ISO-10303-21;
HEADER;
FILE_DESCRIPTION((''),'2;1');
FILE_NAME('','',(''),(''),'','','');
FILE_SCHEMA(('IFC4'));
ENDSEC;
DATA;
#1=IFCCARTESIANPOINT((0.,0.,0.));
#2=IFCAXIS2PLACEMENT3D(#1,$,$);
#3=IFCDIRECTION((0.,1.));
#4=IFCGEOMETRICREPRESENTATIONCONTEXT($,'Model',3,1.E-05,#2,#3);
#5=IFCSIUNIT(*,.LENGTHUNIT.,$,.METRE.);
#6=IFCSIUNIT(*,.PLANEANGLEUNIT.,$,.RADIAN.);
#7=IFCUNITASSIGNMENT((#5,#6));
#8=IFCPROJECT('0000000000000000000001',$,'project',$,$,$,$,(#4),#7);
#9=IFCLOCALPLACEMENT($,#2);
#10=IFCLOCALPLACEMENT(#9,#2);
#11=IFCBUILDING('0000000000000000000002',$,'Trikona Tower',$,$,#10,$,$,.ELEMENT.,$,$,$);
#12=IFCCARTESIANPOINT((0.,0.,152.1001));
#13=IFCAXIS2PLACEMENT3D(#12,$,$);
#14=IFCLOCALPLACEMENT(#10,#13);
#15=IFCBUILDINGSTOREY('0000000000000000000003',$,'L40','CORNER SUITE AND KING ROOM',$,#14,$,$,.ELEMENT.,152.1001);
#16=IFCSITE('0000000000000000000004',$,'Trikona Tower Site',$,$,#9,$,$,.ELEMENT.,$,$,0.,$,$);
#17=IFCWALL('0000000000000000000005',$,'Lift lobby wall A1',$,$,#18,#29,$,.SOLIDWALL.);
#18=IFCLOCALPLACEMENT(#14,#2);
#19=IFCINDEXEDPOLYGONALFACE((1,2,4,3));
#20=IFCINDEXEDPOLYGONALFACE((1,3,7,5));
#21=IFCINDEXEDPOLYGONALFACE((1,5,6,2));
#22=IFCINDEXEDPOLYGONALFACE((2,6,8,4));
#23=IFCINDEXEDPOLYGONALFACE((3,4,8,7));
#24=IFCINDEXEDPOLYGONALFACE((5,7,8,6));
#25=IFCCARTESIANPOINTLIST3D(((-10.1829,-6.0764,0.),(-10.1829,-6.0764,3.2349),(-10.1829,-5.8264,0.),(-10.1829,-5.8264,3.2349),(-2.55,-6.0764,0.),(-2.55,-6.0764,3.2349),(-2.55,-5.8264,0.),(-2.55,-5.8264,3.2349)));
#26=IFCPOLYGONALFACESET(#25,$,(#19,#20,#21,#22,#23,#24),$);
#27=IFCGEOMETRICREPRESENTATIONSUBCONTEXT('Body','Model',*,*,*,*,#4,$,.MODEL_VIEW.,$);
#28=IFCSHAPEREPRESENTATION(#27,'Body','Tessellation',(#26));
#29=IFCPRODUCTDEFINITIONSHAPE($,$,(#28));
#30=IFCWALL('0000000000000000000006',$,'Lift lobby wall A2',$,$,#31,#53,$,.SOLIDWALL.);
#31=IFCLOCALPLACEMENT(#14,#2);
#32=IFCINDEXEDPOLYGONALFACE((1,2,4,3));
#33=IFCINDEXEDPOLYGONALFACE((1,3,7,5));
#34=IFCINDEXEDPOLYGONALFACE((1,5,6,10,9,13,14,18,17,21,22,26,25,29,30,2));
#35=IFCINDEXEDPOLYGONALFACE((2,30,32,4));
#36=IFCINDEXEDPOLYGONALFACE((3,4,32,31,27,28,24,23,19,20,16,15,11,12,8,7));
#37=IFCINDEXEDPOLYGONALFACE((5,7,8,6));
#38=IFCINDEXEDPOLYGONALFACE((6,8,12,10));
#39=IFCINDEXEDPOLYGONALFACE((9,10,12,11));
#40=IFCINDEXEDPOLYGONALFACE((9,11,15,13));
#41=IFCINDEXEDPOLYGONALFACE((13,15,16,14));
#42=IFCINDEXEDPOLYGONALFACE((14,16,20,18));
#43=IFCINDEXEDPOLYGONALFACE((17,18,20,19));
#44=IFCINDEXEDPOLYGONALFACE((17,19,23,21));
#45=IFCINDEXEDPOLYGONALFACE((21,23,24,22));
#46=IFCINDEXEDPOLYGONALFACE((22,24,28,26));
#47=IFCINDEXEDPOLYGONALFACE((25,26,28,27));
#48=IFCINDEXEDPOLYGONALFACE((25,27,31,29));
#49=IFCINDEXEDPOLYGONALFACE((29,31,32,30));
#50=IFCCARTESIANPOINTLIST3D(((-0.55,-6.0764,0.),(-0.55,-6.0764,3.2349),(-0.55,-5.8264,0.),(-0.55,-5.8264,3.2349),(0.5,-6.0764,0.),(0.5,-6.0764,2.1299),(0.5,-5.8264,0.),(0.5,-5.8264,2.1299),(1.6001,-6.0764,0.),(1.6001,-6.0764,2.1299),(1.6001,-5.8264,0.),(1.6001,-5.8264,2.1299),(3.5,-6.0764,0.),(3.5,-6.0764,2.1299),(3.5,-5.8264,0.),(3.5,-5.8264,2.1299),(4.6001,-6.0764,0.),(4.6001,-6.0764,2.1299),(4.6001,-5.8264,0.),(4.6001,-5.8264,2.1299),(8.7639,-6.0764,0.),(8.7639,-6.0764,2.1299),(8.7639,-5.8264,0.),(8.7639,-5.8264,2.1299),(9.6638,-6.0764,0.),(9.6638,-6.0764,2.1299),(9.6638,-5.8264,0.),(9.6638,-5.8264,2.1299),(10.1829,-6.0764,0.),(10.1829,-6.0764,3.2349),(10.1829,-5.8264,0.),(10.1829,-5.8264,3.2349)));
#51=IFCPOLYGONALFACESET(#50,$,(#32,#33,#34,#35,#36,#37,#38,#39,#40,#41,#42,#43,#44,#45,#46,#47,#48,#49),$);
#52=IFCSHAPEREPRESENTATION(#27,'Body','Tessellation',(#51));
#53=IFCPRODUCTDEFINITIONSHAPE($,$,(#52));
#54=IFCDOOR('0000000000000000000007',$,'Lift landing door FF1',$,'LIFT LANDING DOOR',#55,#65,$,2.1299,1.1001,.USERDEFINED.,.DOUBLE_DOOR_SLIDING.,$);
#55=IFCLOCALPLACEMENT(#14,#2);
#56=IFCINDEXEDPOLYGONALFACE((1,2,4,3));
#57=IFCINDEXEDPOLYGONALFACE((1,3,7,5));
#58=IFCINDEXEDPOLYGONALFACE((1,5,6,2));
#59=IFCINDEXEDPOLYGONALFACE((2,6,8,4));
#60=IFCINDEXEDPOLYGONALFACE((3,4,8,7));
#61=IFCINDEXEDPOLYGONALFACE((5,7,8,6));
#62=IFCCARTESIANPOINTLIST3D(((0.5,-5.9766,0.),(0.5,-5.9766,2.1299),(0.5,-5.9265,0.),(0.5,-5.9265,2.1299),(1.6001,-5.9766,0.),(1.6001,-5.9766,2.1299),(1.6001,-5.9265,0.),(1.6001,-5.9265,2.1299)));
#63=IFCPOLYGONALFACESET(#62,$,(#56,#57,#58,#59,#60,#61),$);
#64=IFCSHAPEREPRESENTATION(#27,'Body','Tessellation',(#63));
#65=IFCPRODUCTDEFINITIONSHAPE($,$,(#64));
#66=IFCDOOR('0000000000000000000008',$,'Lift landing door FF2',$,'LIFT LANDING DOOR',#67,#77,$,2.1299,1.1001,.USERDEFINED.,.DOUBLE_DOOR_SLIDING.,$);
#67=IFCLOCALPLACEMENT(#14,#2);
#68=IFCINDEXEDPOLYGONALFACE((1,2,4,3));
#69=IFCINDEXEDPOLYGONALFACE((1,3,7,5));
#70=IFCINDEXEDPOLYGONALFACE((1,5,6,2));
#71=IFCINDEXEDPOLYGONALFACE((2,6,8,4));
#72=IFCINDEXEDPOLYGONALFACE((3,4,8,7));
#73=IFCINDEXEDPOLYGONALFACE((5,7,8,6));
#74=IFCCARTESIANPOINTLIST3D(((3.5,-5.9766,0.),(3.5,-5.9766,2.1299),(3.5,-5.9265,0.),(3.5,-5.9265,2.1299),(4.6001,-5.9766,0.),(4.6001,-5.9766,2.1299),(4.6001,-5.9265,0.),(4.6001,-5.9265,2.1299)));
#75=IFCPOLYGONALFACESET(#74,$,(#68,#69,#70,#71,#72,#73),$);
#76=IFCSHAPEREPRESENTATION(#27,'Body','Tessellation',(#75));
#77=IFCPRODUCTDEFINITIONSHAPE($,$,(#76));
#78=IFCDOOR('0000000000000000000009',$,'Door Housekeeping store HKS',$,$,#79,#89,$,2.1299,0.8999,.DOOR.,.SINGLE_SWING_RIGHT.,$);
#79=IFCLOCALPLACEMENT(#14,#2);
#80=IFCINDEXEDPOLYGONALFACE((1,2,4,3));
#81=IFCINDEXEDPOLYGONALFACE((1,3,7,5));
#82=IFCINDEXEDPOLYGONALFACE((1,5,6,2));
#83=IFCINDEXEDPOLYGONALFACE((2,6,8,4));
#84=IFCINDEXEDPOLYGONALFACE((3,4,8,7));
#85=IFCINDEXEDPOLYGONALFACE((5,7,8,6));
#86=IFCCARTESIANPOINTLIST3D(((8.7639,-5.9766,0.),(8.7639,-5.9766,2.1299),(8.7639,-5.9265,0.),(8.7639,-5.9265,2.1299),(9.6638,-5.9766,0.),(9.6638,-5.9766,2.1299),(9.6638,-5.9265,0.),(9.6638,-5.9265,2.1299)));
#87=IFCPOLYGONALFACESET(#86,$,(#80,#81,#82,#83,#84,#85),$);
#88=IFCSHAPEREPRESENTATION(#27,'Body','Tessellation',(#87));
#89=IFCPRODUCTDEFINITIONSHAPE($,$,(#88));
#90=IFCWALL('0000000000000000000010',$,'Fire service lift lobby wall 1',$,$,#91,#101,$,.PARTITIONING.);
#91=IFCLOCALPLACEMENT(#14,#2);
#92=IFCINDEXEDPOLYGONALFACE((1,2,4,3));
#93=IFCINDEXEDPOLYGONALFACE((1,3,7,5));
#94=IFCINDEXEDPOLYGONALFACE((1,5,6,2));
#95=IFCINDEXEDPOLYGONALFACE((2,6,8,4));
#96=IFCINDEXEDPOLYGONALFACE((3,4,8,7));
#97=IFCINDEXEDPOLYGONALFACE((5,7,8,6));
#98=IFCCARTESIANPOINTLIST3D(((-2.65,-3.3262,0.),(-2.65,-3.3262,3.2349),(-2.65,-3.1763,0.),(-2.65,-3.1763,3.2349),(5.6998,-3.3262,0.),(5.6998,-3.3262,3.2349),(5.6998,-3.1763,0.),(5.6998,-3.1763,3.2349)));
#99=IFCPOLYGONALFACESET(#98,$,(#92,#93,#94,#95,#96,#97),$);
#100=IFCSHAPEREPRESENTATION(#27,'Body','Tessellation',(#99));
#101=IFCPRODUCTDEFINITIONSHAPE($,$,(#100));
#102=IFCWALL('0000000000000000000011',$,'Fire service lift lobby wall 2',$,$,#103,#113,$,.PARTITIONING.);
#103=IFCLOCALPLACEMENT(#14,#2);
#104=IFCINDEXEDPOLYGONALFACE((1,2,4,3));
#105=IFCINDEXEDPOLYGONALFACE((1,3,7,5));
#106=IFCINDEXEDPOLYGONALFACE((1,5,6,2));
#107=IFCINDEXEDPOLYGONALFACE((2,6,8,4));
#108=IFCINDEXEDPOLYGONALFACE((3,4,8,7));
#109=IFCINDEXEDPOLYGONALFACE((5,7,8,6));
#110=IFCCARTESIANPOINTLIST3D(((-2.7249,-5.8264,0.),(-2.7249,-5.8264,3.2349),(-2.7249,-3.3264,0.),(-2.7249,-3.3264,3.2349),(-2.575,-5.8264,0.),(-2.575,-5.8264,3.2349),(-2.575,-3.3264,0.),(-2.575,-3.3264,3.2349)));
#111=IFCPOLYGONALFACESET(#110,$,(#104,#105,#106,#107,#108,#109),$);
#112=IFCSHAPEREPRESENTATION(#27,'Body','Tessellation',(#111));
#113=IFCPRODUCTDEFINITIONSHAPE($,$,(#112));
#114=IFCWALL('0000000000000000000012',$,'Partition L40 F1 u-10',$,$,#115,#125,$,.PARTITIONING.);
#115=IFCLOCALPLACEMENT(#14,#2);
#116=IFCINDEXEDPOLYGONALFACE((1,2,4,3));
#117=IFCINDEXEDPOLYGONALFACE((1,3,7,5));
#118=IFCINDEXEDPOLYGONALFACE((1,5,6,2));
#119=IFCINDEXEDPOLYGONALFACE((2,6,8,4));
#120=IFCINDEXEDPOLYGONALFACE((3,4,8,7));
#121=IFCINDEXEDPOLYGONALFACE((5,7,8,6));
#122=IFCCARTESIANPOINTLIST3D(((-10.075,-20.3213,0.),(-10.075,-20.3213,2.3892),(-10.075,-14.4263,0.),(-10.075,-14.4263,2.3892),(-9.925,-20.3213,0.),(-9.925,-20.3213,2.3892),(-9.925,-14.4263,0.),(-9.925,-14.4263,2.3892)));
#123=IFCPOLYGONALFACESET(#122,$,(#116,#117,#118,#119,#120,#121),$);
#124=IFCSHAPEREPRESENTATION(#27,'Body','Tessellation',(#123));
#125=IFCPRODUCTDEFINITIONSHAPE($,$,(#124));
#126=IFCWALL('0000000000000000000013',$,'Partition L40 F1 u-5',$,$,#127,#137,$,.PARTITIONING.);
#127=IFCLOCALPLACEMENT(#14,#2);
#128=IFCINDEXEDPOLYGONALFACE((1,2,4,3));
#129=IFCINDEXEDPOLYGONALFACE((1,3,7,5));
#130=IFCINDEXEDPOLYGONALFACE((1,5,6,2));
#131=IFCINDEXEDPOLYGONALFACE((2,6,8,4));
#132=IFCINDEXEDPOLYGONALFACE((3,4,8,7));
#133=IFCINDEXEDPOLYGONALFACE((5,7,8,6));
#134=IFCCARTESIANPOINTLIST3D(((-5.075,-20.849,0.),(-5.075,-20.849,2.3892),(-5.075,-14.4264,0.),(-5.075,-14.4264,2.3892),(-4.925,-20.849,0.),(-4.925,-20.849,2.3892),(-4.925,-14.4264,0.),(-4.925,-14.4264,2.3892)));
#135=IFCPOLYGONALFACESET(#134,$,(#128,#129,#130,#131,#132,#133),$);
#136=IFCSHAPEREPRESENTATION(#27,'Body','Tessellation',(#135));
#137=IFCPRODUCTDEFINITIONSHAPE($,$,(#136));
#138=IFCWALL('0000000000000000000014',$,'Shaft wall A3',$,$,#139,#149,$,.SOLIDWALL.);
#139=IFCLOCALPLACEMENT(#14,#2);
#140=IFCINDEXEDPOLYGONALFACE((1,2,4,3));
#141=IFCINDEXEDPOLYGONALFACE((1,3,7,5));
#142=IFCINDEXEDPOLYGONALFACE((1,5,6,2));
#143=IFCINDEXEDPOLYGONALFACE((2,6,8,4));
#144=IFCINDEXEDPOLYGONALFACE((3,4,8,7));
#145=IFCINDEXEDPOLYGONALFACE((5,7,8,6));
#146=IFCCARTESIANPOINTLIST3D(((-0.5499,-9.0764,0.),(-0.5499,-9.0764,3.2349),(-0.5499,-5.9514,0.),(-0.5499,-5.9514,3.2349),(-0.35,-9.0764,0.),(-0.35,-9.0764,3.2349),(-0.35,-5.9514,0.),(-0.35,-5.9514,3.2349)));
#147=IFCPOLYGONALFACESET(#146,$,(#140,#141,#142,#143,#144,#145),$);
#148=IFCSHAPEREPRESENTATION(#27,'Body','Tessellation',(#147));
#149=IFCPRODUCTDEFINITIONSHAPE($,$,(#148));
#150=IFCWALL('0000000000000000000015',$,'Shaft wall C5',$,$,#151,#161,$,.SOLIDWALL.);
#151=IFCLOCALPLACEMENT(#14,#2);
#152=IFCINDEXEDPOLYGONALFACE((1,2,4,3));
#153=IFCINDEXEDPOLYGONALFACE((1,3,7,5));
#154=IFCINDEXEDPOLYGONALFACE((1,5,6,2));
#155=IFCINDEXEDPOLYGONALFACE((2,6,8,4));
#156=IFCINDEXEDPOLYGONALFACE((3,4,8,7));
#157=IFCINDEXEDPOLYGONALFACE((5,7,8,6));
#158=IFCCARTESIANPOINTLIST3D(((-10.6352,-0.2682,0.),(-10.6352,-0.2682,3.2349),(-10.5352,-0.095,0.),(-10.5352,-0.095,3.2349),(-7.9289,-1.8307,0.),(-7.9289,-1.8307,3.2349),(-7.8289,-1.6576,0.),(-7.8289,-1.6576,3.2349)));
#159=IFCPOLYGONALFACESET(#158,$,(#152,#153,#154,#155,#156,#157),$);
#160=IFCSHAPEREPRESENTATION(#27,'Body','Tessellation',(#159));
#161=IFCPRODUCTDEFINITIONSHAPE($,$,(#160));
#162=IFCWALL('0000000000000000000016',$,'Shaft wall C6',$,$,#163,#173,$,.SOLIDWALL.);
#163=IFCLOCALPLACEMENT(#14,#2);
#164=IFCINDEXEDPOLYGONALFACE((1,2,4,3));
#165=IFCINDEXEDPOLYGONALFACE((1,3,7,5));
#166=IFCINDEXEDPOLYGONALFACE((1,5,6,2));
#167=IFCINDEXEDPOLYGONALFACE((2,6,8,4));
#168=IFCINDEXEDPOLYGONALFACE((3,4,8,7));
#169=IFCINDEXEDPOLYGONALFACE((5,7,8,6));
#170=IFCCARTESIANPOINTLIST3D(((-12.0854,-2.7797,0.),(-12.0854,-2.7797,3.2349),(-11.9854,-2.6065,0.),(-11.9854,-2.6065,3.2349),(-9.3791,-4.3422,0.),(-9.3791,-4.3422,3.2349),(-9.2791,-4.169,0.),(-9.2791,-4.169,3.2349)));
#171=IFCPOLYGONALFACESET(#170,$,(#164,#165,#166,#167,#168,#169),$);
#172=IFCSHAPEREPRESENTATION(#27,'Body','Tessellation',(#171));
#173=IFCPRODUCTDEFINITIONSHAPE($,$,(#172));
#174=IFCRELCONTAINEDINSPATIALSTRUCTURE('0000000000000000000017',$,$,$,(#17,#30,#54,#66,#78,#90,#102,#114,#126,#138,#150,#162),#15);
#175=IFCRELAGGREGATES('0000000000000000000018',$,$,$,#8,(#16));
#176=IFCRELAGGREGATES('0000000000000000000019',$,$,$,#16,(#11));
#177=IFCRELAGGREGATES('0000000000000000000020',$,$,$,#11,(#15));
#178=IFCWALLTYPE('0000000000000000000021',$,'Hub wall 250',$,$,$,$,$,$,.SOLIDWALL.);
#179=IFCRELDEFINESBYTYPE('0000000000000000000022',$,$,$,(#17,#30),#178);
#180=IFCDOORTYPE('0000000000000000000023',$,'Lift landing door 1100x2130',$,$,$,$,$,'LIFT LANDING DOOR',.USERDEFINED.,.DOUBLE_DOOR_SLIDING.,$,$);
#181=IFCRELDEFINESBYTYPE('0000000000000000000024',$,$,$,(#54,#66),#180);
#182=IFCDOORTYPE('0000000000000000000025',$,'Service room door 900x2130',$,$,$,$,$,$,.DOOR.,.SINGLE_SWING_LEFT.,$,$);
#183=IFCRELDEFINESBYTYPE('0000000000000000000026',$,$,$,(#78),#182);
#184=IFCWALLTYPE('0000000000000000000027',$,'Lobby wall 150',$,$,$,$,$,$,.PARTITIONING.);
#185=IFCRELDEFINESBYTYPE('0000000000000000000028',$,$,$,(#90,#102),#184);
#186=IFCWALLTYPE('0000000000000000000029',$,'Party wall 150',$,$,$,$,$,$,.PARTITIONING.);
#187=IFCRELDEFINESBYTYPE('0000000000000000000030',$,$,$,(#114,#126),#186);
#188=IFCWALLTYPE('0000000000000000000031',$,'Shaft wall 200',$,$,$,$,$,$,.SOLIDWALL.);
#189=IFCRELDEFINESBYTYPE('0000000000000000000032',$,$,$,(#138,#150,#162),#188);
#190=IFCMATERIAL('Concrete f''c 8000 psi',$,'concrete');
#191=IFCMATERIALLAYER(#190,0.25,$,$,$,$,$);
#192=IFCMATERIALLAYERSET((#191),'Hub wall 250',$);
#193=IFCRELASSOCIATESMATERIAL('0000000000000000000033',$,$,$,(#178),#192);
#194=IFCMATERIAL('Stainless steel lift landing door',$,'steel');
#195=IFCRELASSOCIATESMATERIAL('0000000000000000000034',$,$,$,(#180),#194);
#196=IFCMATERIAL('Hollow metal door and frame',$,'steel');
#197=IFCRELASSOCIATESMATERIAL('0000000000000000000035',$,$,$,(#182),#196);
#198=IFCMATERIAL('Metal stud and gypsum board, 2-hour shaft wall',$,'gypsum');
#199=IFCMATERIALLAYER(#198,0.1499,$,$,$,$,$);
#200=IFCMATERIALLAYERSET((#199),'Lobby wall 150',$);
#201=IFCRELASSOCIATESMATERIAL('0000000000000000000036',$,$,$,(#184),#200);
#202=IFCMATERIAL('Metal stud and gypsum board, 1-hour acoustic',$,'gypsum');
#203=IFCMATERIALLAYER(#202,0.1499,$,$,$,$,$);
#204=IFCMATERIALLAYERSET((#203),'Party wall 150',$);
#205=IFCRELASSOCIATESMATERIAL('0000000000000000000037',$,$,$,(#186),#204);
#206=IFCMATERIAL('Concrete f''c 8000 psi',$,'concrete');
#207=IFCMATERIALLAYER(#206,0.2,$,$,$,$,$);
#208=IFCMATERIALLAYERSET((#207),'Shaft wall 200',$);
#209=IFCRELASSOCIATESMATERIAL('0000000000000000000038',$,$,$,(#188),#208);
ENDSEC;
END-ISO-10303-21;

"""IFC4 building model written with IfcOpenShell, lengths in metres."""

from ifc_helpers import new_model, si_unit, direction, frame, frame_2d, origin, place, context, subcontext, project, spatial, rectangle, extrude, material, layer, layer_set, type_object, element, fill, save


model = new_model("IFC4")

# Units and contexts
model_context = context("Model", 3, precision=1e-05, world=origin(), true_north=direction((0.0, 1.0)))
body_context = subcontext(model_context, "Body", "Model", "MODEL_VIEW")
ifc_project = project(units=[si_unit("LENGTHUNIT", "METRE"), si_unit("PLANEANGLEUNIT", "RADIAN")], contexts=[model_context])

# Site, building, storey
site_placement = place(None, origin())
site = spatial("IfcSite", under=ifc_project, at=site_placement, Name="Trikona Tower Site", CompositionType="ELEMENT", RefElevation=0.0)
building_placement = place(site_placement, origin())
building = spatial("IfcBuilding", under=site, at=building_placement, Name="Trikona Tower", CompositionType="ELEMENT")
storey_placement = place(building_placement, frame((0.0, 0.0, 152.1001)))
storey = spatial("IfcBuildingStorey", under=building, at=storey_placement, Name="L40", Description="CORNER SUITE AND KING ROOM", CompositionType="ELEMENT", Elevation=152.1001)

# Wall
ifc_material_1 = material(Name="Concrete f'c 8000 psi", Category="concrete")
ifc_layer_1 = layer(ifc_material_1, 0.25)
ifc_layer_set_1 = layer_set([ifc_layer_1], Name="Hub wall 250")
wall_type_1 = type_object("IfcWallType", Name="Hub wall 250", PredefinedType="SOLIDWALL", material=ifc_layer_set_1)
wall_1_placement = place(storey_placement, frame((-10.1829, -5.9514, 0.0), z_axis=(0.0, 0.0, 1.0), x_axis=(1.0, 0.0, 0.0)))
element("IfcWall", 1, at=wall_1_placement, inside=storey, type_object=wall_type_1, Name="Lift lobby wall A1", PredefinedType="SOLIDWALL", context=body_context, shape_type="SweptSolid", body=[
    extrude(rectangle(XDim=7.6328, YDim=0.25, at=frame_2d((3.8164, 0.0))), origin(), (0.0, 0.0, 1.0), 3.2349),
])

# Wall, openings, doors
wall_2_placement = place(storey_placement, frame((-0.55, -5.9514, 0.0), z_axis=(0.0, 0.0, 1.0), x_axis=(1.0, 0.0, 0.0)))
wall_2 = element("IfcWall", 2, at=wall_2_placement, inside=storey, type_object=wall_type_1, Name="Lift lobby wall A2", PredefinedType="SOLIDWALL", context=body_context, shape_type="SweptSolid", body=[
    extrude(rectangle(XDim=10.7329, YDim=0.25, at=frame_2d((5.3665, 0.0))), origin(), (0.0, 0.0, 1.0), 3.2349),
])
opening_1_placement = place(wall_2_placement, frame((9.314, 0.0, 0.0)))
opening_1 = element("IfcOpeningElement", 3, at=opening_1_placement, cuts=wall_2, PredefinedType="OPENING", context=body_context, shape_type="SweptSolid", body=[
    extrude(rectangle(XDim=0.8999, YDim=2.1299, at=frame_2d((0.45, 1.0649))), frame((0.0, 0.135, 0.0), z_axis=(0.0, -1.0, 0.0), x_axis=(1.0, 0.0, 0.0)), (0.0, 0.0, 1.0), 0.27),
])
opening_2_placement = place(wall_2_placement, frame((1.05, 0.0, 0.0)))
opening_2 = element("IfcOpeningElement", 4, at=opening_2_placement, cuts=wall_2, PredefinedType="OPENING", context=body_context, shape_type="SweptSolid", body=[
    extrude(rectangle(XDim=1.1001, YDim=2.1299, at=frame_2d((0.55, 1.0649))), frame((0.0, 0.135, 0.0), z_axis=(0.0, -1.0, 0.0), x_axis=(1.0, 0.0, 0.0)), (0.0, 0.0, 1.0), 0.27),
])
opening_3_placement = place(wall_2_placement, frame((4.05, 0.0, 0.0)))
opening_3 = element("IfcOpeningElement", 5, at=opening_3_placement, cuts=wall_2, PredefinedType="OPENING", context=body_context, shape_type="SweptSolid", body=[
    extrude(rectangle(XDim=1.1001, YDim=2.1299, at=frame_2d((0.55, 1.0649))), frame((0.0, 0.135, 0.0), z_axis=(0.0, -1.0, 0.0), x_axis=(1.0, 0.0, 0.0)), (0.0, 0.0, 1.0), 0.27),
])
ifc_material_2 = material(Name="Stainless steel lift landing door", Category="steel")
door_type_1 = type_object("IfcDoorType", Name="Lift landing door 1100x2130", ElementType="LIFT LANDING DOOR", OperationType="DOUBLE_DOOR_SLIDING", PredefinedType="USERDEFINED", material=ifc_material_2)
door_1_placement = place(opening_2_placement, origin())
door_1 = element("IfcDoor", 6, at=door_1_placement, inside=storey, type_object=door_type_1, Name="Lift landing door FF1", ObjectType="LIFT LANDING DOOR", OperationType="DOUBLE_DOOR_SLIDING", OverallHeight=2.1299, OverallWidth=1.1001, PredefinedType="USERDEFINED", context=body_context, shape_type="SweptSolid", body=[
    extrude(rectangle(XDim=1.1001, YDim=2.1299, at=frame_2d((0.55, 1.0649))), frame((0.0, 0.0249, 0.0), z_axis=(0.0, -1.0, 0.0), x_axis=(1.0, 0.0, 0.0)), (0.0, 0.0, 1.0), 0.05),
])
fill(opening_2, door_1)
door_2_placement = place(opening_3_placement, origin())
door_2 = element("IfcDoor", 7, at=door_2_placement, inside=storey, type_object=door_type_1, Name="Lift landing door FF2", ObjectType="LIFT LANDING DOOR", OperationType="DOUBLE_DOOR_SLIDING", OverallHeight=2.1299, OverallWidth=1.1001, PredefinedType="USERDEFINED", context=body_context, shape_type="SweptSolid", body=[
    extrude(rectangle(XDim=1.1001, YDim=2.1299, at=frame_2d((0.55, 1.0649))), frame((0.0, 0.0249, 0.0), z_axis=(0.0, -1.0, 0.0), x_axis=(1.0, 0.0, 0.0)), (0.0, 0.0, 1.0), 0.05),
])
fill(opening_3, door_2)
ifc_material_3 = material(Name="Hollow metal door and frame", Category="steel")
door_type_2 = type_object("IfcDoorType", Name="Service room door 900x2130", OperationType="SINGLE_SWING_LEFT", PredefinedType="DOOR", material=ifc_material_3)
door_3_placement = place(opening_1_placement, origin())
door_3 = element("IfcDoor", 8, at=door_3_placement, inside=storey, type_object=door_type_2, Name="Door Housekeeping store HKS", OperationType="SINGLE_SWING_RIGHT", OverallHeight=2.1299, OverallWidth=0.8999, PredefinedType="DOOR", context=body_context, shape_type="SweptSolid", body=[
    extrude(rectangle(XDim=0.8999, YDim=2.1299, at=frame_2d((0.45, 1.0649))), frame((0.0, 0.0249, 0.0), z_axis=(0.0, -1.0, 0.0), x_axis=(1.0, 0.0, 0.0)), (0.0, 0.0, 1.0), 0.05),
])
fill(opening_1, door_3)

# Walls
ifc_material_4 = material(Name="Metal stud and gypsum board, 2-hour shaft wall", Category="gypsum")
ifc_layer_2 = layer(ifc_material_4, 0.1499)
ifc_layer_set_2 = layer_set([ifc_layer_2], Name="Lobby wall 150")
wall_type_2 = type_object("IfcWallType", Name="Lobby wall 150", PredefinedType="PARTITIONING", material=ifc_layer_set_2)
wall_3_placement = place(storey_placement, frame((-2.6499, -3.2512, 0.0), z_axis=(0.0, 0.0, 1.0), x_axis=(1.0, 0.0, 0.0)))
element("IfcWall", 9, at=wall_3_placement, inside=storey, type_object=wall_type_2, Name="Fire service lift lobby wall 1", PredefinedType="PARTITIONING", context=body_context, shape_type="SweptSolid", body=[
    extrude(rectangle(XDim=8.3499, YDim=0.1499, at=frame_2d((4.1748, 0.0))), origin(), (0.0, 0.0, 1.0), 3.2349),
])
wall_4_placement = place(storey_placement, frame((-2.6499, -5.8264, 0.0), z_axis=(0.0, 0.0, 1.0), x_axis=(0.0, 1.0, 0.0)))
element("IfcWall", 10, at=wall_4_placement, inside=storey, type_object=wall_type_2, Name="Fire service lift lobby wall 2", PredefinedType="PARTITIONING", context=body_context, shape_type="SweptSolid", body=[
    extrude(rectangle(XDim=2.5, YDim=0.1499, at=frame_2d((1.25, 0.0))), origin(), (0.0, 0.0, 1.0), 3.2349),
])
ifc_material_5 = material(Name="Metal stud and gypsum board, 1-hour acoustic", Category="gypsum")
ifc_layer_3 = layer(ifc_material_5, 0.1499)
ifc_layer_set_3 = layer_set([ifc_layer_3], Name="Party wall 150")
wall_type_3 = type_object("IfcWallType", Name="Party wall 150", PredefinedType="PARTITIONING", material=ifc_layer_set_3)
wall_5_placement = place(storey_placement, frame((-10.0, -14.4263, 0.0), z_axis=(0.0, 0.0, 1.0), x_axis=(0.0, -1.0, 0.0)))
element("IfcWall", 11, at=wall_5_placement, inside=storey, type_object=wall_type_3, Name="Partition L40 F1 u-10", PredefinedType="PARTITIONING", context=body_context, shape_type="SweptSolid", body=[
    extrude(rectangle(XDim=5.895, YDim=0.1499, at=frame_2d((2.9475, 0.0))), origin(), (0.0, 0.0, 1.0), 2.3892),
])
wall_6_placement = place(storey_placement, frame((-5.0, -14.4263, 0.0), z_axis=(0.0, 0.0, 1.0), x_axis=(0.0, -1.0, 0.0)))
element("IfcWall", 12, at=wall_6_placement, inside=storey, type_object=wall_type_3, Name="Partition L40 F1 u-5", PredefinedType="PARTITIONING", context=body_context, shape_type="SweptSolid", body=[
    extrude(rectangle(XDim=6.4226, YDim=0.1499, at=frame_2d((3.2114, 0.0))), origin(), (0.0, 0.0, 1.0), 2.3892),
])
ifc_material_6 = material(Name="Concrete f'c 8000 psi", Category="concrete")
ifc_layer_4 = layer(ifc_material_6, 0.2)
ifc_layer_set_4 = layer_set([ifc_layer_4], Name="Shaft wall 200")
wall_type_4 = type_object("IfcWallType", Name="Shaft wall 200", PredefinedType="SOLIDWALL", material=ifc_layer_set_4)
for number, where, z_axis, x_axis, name in (
    (13, (-0.45, -5.9514, 0.0), (0.0, 0.0, 1.0), (0.0, -1.0, 0.0), "Shaft wall A3"),
    (14, (-7.8789, -1.7441, 0.0), (0.0, 0.0, 1.0), (-0.866023, 0.500004, 0.0), "Shaft wall C5"),
    (15, (-9.3291, -4.2556, 0.0), (0.0, 0.0, 1.0), (-0.866023, 0.500004, 0.0), "Shaft wall C6"),
):
    element("IfcWall", number, at=place(storey_placement, frame(where, z_axis=z_axis, x_axis=x_axis)), inside=storey, type_object=wall_type_4, Name=name, PredefinedType="SOLIDWALL", context=body_context, shape_type="SweptSolid", body=[
        extrude(rectangle(XDim=3.125, YDim=0.2, at=frame_2d((1.5625, 0.0))), origin(), (0.0, 0.0, 1.0), 3.2349),
    ])

save(model, "model.ifc")
